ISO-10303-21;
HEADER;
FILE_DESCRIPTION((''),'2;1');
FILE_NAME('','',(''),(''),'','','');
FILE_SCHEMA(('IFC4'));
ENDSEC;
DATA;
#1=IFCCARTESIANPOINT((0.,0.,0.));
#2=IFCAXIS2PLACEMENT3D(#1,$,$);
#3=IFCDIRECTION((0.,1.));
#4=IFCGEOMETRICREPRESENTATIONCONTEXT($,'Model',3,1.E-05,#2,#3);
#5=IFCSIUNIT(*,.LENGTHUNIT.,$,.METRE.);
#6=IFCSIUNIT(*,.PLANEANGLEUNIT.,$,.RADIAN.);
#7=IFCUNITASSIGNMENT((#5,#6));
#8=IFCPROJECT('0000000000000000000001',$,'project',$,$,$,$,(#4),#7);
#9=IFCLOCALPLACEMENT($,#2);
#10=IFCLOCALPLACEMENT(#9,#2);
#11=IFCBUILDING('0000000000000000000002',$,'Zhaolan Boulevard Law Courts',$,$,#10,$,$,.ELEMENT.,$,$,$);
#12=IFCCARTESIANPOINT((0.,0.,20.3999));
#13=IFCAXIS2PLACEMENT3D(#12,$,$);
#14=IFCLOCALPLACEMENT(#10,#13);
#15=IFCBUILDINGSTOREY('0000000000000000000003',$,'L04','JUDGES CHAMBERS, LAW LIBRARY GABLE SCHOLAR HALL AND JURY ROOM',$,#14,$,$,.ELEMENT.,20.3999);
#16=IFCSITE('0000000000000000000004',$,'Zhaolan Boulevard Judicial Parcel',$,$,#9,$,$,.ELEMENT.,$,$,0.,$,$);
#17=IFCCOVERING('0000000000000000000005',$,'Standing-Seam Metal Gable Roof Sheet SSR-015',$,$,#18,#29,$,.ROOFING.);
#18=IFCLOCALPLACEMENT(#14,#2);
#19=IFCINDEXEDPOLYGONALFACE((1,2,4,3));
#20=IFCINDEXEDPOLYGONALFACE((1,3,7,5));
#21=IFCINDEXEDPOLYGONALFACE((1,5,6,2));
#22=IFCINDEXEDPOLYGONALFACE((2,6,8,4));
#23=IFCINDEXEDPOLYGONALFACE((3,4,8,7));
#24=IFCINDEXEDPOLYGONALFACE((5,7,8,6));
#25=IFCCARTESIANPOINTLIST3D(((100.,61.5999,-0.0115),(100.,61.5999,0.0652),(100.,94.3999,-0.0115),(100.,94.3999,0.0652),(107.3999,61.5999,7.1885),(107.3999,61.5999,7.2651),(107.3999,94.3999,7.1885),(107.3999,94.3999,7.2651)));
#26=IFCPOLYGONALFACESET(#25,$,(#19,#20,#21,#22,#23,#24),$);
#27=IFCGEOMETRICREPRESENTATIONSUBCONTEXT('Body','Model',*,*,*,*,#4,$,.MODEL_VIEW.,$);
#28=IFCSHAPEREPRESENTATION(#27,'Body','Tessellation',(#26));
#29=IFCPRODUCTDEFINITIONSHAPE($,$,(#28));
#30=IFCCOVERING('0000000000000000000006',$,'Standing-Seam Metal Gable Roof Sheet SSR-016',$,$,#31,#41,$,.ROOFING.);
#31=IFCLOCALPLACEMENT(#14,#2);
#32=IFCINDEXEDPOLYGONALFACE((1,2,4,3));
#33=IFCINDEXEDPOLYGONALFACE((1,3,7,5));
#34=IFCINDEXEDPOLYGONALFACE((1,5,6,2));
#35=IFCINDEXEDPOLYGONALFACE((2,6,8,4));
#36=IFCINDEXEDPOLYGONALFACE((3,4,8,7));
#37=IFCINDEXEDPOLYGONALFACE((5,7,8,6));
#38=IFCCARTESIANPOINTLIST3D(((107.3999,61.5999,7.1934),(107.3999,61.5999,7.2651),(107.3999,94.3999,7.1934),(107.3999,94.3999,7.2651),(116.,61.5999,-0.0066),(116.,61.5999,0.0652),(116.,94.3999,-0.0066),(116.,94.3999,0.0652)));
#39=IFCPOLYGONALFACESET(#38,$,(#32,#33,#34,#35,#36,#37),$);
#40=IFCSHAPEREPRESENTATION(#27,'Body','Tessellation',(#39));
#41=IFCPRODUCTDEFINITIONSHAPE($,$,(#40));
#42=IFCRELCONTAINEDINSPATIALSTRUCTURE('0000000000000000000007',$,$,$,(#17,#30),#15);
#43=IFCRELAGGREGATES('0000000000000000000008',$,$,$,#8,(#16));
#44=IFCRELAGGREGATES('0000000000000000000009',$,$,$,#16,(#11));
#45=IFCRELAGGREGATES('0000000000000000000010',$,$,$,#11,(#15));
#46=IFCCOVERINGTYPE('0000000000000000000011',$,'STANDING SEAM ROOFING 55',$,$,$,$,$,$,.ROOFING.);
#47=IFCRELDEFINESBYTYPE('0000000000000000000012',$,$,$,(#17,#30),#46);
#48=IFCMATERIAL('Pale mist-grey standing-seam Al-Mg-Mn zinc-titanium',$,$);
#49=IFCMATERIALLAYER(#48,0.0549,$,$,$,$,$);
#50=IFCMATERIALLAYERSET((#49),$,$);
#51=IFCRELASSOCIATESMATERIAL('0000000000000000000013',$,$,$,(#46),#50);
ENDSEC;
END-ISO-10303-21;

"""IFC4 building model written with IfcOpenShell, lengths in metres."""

from ifc_helpers import new_model, si_unit, direction, frame, origin, place, context, subcontext, project, spatial, polyline, outline, extrude, material, layer, layer_set, type_object, element, save


model = new_model("IFC4")

# Units and contexts
model_context = context("Model", 3, precision=1e-05, world=origin(), true_north=direction((0.0, 1.0)))
body_context = subcontext(model_context, "Body", "Model", "MODEL_VIEW")
ifc_project = project(units=[si_unit("LENGTHUNIT", "METRE"), si_unit("PLANEANGLEUNIT", "RADIAN")], contexts=[model_context])

# Site, building, storey
site_placement = place(None, origin())
site = spatial("IfcSite", under=ifc_project, at=site_placement, Name="Zhaolan Boulevard Judicial Parcel", CompositionType="ELEMENT", RefElevation=0.0)
building_placement = place(site_placement, origin())
building = spatial("IfcBuilding", under=site, at=building_placement, Name="Zhaolan Boulevard Law Courts", CompositionType="ELEMENT")
storey_placement = place(building_placement, frame((0.0, 0.0, 20.3999)))
storey = spatial("IfcBuildingStorey", under=building, at=storey_placement, Name="L04", Description="JUDGES CHAMBERS, LAW LIBRARY GABLE SCHOLAR HALL AND JURY ROOM", CompositionType="ELEMENT", Elevation=20.3999)

# Coverings
ifc_material_1 = material(Name="Pale mist-grey standing-seam Al-Mg-Mn zinc-titanium")
ifc_layer_1 = layer(ifc_material_1, 0.0549)
ifc_layer_set_1 = layer_set([ifc_layer_1])
covering_type = type_object("IfcCoveringType", Name="STANDING SEAM ROOFING 55", PredefinedType="ROOFING", material=ifc_layer_set_1)
covering_1_placement = place(storey_placement, frame((100.0, 94.3999, 0.0652), z_axis=(0.0, -1.0, 0.0), x_axis=(1.0, 0.0, 0.0)))
element("IfcCovering", 1, at=covering_1_placement, inside=storey, type_object=covering_type, Name="Standing-Seam Metal Gable Roof Sheet SSR-015", PredefinedType="ROOFING", context=body_context, shape_type="SweptSolid", body=[
    extrude(outline(polyline([(0.0, 0.0), (7.3999, 7.2), (7.3999, 7.1233), (0.0, -0.0767), (0.0, 0.0)])), origin(), (0.0, 0.0, 1.0), 32.8),
])
covering_2_placement = place(storey_placement, frame((107.3999, 94.3999, 0.0652), z_axis=(0.0, -1.0, 0.0), x_axis=(1.0, 0.0, 0.0)))
element("IfcCovering", 2, at=covering_2_placement, inside=storey, type_object=covering_type, Name="Standing-Seam Metal Gable Roof Sheet SSR-016", PredefinedType="ROOFING", context=body_context, shape_type="SweptSolid", body=[
    extrude(outline(polyline([(0.0, 7.2), (8.6001, 0.0), (8.6001, -0.0718), (0.0, 7.1282), (0.0, 7.2)])), origin(), (0.0, 0.0, 1.0), 32.8),
])

save(model, "model.ifc")
